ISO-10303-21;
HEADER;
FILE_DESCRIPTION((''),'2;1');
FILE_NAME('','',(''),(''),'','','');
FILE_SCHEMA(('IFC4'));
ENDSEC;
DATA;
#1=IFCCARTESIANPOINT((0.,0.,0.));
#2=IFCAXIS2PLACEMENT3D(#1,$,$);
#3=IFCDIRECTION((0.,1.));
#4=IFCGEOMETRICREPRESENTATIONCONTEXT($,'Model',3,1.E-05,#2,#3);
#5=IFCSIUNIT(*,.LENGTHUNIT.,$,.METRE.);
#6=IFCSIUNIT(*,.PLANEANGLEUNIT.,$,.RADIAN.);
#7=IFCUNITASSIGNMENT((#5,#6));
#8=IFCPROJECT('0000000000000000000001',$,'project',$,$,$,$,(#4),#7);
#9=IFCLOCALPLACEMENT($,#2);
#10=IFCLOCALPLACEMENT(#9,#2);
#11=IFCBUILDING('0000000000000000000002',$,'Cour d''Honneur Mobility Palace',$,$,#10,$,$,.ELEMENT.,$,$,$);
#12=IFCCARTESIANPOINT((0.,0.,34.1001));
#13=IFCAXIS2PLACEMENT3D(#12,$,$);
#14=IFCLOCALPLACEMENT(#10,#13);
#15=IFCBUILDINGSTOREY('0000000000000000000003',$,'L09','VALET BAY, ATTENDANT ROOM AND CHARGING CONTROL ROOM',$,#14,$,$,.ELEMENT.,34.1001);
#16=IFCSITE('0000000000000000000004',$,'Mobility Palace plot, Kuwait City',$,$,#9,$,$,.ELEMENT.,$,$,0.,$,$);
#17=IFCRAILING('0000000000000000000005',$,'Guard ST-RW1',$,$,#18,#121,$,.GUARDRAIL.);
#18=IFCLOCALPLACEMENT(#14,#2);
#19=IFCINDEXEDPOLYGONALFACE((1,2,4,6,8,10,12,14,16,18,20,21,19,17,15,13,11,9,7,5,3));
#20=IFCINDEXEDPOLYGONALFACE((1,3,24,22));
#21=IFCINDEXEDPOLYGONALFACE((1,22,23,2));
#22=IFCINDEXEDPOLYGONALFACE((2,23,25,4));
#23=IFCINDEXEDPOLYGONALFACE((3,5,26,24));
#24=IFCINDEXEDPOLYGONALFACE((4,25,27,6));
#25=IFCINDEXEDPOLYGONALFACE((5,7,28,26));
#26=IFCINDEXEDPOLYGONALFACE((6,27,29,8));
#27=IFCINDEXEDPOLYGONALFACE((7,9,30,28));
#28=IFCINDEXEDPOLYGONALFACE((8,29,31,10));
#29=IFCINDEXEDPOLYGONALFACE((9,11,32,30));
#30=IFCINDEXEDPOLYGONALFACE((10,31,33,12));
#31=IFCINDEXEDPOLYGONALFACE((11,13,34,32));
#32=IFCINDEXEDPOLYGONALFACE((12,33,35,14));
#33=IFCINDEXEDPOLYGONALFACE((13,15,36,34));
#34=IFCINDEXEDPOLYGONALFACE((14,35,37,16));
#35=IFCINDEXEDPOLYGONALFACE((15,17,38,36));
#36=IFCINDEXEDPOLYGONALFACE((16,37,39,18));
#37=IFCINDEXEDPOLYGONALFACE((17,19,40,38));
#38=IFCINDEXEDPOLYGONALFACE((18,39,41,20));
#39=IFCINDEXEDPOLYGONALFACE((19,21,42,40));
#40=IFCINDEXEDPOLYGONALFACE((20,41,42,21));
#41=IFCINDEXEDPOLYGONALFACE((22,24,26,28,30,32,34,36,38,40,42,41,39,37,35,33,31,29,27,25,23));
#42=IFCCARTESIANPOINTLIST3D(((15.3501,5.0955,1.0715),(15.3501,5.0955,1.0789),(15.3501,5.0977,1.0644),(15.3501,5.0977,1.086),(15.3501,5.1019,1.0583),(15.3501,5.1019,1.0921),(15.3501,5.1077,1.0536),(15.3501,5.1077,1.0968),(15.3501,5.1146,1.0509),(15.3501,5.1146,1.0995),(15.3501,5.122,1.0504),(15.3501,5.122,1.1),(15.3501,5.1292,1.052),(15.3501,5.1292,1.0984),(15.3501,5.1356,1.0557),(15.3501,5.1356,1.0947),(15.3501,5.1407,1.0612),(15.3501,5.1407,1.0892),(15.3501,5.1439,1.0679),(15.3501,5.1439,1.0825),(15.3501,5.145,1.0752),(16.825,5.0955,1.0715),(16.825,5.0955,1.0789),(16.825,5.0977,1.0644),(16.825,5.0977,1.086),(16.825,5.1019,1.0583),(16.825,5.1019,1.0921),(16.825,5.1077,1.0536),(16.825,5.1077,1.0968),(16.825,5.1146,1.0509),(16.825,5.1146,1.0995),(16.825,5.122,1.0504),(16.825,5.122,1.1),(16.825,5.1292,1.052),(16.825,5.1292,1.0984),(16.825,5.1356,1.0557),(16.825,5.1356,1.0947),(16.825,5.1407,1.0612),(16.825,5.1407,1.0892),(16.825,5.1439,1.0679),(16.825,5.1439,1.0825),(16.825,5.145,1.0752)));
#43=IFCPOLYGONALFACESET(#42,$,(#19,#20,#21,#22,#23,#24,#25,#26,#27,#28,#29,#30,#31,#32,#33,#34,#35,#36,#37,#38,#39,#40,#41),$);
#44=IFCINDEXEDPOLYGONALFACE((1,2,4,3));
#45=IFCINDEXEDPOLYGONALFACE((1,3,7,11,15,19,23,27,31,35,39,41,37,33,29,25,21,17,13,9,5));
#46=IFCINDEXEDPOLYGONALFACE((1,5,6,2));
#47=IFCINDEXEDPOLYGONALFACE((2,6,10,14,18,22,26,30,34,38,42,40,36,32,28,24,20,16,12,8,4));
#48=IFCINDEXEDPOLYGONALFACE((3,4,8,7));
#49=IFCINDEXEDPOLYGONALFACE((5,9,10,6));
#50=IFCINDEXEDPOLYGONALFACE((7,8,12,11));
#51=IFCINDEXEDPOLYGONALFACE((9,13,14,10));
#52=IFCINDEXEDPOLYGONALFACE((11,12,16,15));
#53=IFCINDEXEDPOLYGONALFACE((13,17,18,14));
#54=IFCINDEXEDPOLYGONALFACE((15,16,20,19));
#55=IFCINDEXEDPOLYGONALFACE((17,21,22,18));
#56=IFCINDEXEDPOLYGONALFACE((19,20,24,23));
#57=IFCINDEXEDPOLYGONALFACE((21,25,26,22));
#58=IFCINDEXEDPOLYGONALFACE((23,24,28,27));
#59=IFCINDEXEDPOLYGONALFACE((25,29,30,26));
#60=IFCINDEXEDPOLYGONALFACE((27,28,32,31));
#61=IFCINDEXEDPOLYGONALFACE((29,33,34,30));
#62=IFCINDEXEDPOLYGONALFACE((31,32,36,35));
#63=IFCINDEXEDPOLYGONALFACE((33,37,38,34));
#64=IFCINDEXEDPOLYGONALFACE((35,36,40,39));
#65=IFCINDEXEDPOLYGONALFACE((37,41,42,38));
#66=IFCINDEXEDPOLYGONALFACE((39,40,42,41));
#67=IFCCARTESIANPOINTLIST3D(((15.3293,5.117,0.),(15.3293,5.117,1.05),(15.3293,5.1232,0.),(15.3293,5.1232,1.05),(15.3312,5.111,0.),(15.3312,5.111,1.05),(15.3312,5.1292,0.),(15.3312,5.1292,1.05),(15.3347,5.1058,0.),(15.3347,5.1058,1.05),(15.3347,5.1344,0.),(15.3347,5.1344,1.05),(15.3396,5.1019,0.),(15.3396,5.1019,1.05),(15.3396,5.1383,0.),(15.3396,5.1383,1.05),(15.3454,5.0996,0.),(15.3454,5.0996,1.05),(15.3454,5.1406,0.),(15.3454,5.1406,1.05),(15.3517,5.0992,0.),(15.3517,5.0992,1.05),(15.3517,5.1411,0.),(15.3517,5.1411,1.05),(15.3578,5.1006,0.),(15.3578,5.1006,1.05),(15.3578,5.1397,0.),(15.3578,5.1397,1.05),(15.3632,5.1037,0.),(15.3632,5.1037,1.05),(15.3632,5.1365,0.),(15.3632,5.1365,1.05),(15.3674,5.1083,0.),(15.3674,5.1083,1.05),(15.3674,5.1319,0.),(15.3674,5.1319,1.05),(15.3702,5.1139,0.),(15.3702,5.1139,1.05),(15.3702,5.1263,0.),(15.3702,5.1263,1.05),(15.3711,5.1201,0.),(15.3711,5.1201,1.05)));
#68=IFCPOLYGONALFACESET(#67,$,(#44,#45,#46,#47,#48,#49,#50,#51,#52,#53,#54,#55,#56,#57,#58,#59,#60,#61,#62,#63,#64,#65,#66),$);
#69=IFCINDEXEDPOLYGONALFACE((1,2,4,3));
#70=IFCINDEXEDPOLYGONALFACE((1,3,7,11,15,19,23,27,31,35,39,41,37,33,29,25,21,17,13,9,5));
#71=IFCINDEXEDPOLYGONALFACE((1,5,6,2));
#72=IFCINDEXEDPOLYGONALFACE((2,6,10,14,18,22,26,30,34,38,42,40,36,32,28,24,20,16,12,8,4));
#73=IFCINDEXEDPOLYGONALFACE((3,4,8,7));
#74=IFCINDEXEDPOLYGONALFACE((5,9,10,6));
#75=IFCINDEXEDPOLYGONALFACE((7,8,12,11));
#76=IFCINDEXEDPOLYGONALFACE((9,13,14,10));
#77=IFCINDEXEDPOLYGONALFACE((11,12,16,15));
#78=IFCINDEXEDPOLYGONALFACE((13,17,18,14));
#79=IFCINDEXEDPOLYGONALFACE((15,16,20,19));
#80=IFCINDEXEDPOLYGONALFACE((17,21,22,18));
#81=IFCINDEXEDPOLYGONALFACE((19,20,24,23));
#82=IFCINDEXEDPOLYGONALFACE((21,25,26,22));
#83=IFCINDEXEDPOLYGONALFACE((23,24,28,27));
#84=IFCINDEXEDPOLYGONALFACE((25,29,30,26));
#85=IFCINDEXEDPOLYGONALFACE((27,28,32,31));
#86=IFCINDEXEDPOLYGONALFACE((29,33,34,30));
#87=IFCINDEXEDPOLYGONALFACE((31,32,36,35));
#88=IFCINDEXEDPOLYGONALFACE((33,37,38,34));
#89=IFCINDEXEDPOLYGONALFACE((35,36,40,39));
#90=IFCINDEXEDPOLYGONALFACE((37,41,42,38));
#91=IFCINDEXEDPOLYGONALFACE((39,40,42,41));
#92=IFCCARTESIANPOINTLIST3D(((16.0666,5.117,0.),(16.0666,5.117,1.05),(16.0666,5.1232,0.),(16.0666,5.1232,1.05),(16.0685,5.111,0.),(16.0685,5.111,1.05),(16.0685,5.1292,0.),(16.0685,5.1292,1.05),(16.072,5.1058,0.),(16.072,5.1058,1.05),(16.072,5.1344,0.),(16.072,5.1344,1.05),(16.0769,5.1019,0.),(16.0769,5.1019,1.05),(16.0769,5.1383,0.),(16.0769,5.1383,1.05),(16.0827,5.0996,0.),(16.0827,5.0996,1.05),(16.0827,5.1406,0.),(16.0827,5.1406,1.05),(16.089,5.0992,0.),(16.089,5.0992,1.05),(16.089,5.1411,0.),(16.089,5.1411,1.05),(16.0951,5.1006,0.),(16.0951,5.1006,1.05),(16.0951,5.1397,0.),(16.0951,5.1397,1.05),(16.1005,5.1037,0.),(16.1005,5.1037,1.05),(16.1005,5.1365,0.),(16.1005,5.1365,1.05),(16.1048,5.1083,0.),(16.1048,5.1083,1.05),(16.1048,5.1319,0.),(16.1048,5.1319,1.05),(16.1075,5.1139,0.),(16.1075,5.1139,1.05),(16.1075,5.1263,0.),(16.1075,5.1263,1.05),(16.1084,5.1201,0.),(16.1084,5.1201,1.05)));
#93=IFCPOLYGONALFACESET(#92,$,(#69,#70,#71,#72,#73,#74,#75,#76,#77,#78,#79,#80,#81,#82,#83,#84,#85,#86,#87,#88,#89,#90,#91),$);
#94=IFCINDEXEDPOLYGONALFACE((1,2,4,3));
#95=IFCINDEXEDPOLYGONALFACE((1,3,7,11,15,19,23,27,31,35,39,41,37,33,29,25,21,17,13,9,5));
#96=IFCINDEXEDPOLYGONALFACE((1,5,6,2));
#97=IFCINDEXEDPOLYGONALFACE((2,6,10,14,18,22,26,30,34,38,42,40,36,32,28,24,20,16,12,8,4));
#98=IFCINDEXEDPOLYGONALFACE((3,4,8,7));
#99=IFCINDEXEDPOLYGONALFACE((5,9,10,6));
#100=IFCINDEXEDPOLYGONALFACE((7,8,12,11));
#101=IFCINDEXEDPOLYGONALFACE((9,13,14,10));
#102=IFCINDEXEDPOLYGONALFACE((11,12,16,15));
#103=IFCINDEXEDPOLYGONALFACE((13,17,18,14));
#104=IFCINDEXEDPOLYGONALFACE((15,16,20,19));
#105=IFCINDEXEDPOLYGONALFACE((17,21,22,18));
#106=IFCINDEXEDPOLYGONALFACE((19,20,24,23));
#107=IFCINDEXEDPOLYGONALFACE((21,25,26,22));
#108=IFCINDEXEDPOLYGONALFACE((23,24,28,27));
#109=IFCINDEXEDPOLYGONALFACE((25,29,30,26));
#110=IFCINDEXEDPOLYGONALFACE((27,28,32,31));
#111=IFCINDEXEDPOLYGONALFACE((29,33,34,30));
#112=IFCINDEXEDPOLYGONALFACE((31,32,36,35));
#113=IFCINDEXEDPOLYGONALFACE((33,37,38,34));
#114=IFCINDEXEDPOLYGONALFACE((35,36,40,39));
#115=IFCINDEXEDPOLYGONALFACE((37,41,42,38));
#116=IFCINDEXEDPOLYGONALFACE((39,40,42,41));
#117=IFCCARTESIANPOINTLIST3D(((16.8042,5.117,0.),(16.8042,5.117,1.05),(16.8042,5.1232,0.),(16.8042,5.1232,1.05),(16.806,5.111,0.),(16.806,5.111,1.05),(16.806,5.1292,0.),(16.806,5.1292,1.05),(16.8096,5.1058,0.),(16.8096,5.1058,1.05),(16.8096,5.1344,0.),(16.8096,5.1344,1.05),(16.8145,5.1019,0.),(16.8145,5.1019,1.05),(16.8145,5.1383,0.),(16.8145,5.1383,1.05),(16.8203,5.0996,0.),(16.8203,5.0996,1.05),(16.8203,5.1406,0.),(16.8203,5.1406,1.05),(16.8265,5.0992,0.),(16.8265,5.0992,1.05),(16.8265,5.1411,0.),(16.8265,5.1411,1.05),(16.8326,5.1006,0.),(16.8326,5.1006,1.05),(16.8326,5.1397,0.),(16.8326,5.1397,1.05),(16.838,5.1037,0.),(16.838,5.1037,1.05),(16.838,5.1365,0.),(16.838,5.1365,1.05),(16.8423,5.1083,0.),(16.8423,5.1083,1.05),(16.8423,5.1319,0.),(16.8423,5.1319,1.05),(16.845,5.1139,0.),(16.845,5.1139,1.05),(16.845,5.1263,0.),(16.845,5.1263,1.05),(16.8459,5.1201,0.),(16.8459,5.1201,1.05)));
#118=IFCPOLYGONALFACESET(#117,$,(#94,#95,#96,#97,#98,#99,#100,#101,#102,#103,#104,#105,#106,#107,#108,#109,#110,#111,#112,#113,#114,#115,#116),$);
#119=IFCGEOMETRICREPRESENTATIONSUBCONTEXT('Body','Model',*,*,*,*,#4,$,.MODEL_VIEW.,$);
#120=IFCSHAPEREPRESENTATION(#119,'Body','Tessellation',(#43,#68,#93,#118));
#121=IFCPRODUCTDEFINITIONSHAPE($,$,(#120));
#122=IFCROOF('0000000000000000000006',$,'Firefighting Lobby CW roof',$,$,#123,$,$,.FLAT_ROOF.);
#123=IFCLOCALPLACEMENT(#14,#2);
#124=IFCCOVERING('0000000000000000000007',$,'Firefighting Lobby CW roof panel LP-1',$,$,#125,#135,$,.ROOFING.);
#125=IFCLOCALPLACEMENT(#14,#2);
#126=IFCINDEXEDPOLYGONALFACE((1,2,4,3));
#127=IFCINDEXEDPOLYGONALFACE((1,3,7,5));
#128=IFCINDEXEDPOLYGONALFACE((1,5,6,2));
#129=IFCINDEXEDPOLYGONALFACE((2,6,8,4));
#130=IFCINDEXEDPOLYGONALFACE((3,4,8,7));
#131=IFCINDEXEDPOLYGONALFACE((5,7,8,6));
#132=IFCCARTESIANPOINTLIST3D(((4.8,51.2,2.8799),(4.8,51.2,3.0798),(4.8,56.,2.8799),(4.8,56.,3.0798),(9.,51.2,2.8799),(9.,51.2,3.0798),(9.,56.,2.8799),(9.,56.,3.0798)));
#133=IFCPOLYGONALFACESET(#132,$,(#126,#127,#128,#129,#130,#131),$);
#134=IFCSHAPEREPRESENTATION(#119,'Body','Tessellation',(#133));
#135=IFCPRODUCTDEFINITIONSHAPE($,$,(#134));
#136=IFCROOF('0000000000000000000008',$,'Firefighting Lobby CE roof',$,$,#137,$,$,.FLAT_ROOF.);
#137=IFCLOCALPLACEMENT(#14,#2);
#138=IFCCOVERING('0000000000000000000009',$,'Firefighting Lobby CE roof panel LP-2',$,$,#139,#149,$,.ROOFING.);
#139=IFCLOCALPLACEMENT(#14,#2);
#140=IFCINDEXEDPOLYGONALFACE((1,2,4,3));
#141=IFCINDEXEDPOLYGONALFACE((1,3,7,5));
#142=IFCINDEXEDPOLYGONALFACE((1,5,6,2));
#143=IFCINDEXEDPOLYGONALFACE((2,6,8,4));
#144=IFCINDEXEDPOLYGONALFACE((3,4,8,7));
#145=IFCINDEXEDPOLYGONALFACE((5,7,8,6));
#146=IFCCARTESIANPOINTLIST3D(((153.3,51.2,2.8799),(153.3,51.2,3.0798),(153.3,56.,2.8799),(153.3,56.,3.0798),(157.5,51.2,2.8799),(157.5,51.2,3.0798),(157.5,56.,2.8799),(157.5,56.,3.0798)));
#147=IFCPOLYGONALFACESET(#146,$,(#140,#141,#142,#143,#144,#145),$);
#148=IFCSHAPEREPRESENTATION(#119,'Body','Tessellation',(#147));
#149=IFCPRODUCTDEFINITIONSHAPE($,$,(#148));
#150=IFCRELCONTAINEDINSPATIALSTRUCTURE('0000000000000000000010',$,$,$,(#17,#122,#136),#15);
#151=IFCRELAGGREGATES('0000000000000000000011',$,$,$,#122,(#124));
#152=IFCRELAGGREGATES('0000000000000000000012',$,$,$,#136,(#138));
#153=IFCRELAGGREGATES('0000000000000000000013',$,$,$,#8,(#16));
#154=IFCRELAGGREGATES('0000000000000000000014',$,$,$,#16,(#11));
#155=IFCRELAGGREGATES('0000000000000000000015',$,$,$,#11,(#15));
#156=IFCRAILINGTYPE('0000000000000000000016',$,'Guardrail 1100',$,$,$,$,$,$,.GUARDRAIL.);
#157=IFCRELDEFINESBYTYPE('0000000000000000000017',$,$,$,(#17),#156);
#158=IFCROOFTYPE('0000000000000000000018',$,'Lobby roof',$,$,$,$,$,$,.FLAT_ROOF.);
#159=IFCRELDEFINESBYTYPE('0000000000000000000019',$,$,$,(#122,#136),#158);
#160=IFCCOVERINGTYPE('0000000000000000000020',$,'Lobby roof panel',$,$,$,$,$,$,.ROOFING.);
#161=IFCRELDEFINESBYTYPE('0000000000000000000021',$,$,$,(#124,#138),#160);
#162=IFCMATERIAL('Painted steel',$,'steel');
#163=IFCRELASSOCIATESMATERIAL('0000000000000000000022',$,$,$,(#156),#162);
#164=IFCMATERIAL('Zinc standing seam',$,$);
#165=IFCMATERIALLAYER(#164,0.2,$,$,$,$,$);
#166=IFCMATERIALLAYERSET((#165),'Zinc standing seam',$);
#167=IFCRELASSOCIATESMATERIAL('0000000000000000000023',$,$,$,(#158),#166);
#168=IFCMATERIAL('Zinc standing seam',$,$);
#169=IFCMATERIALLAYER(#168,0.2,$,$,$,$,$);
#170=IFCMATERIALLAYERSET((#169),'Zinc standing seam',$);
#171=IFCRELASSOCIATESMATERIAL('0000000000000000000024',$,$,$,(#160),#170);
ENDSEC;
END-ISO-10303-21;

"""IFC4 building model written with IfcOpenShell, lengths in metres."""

from ifc_helpers import new_model, si_unit, direction, frame, origin, origin_2d, place, context, subcontext, project, spatial, polyline, circle, outline, extrude, material, layer, layer_set, type_object, element, aggregate, save


model = new_model("IFC4")

# Units and contexts
model_context = context("Model", 3, precision=1e-05, world=origin(), true_north=direction((0.0, 1.0)))
body_context = subcontext(model_context, "Body", "Model", "MODEL_VIEW")
ifc_project = project(units=[si_unit("LENGTHUNIT", "METRE"), si_unit("PLANEANGLEUNIT", "RADIAN")], contexts=[model_context])

# Site, building, storey
site_placement = place(None, origin())
site = spatial("IfcSite", under=ifc_project, at=site_placement, Name="Mobility Palace plot, Kuwait City", CompositionType="ELEMENT", RefElevation=0.0)
building_placement = place(site_placement, origin())
building = spatial("IfcBuilding", under=site, at=building_placement, Name="Cour d'Honneur Mobility Palace", CompositionType="ELEMENT")
storey_placement = place(building_placement, frame((0.0, 0.0, 34.1001)))
storey = spatial("IfcBuildingStorey", under=building, at=storey_placement, Name="L09", Description="VALET BAY, ATTENDANT ROOM AND CHARGING CONTROL ROOM", CompositionType="ELEMENT", Elevation=34.1001)

# Railing
ifc_material_1 = material(Name="Painted steel", Category="steel")
railing_type_1 = type_object("IfcRailingType", Name="Guardrail 1100", PredefinedType="GUARDRAIL", material=ifc_material_1)
railing_1_placement = place(storey_placement, frame((15.3501, 5.1201, 0.0)))
element("IfcRailing", 1, at=railing_1_placement, inside=storey, type_object=railing_type_1, Name="Guard ST-RW1", PredefinedType="GUARDRAIL", context=body_context, shape_type="SweptSolid", body=[
    extrude(circle(Radius=0.0249, at=origin_2d()), frame((0.0, 0.0, 1.0752), z_axis=(1.0, 0.0, 0.0), x_axis=(0.0, 1.0, 0.0)), (0.0, 0.0, 1.0), 1.4749),
    extrude(circle(Radius=0.021, at=origin_2d()), origin(), (0.0, 0.0, 1.0), 1.05),
    extrude(circle(Radius=0.021, at=origin_2d()), frame((0.7373, 0.0, 0.0)), (0.0, 0.0, 1.0), 1.05),
    extrude(circle(Radius=0.021, at=origin_2d()), frame((1.4749, 0.0, 0.0)), (0.0, 0.0, 1.0), 1.05),
])

# Roofs, coverings
ifc_material_2 = material(Name="Zinc standing seam")
ifc_layer_1 = layer(ifc_material_2, 0.2)
ifc_layer_set_1 = layer_set([ifc_layer_1], Name="Zinc standing seam")
roof_type_1 = type_object("IfcRoofType", Name="Lobby roof", PredefinedType="FLAT_ROOF", material=ifc_layer_set_1)
roof_1_placement = place(storey_placement, origin())
roof_1 = element("IfcRoof", 2, at=roof_1_placement, inside=storey, type_object=roof_type_1, Name="Firefighting Lobby CW roof", PredefinedType="FLAT_ROOF")
ifc_material_3 = material(Name="Zinc standing seam")
ifc_layer_2 = layer(ifc_material_3, 0.2)
ifc_layer_set_2 = layer_set([ifc_layer_2], Name="Zinc standing seam")
covering_type_1 = type_object("IfcCoveringType", Name="Lobby roof panel", PredefinedType="ROOFING", material=ifc_layer_set_2)
covering_1_placement = place(storey_placement, frame((0.0, 0.0, 2.8799)))
covering_1 = element("IfcCovering", 3, at=covering_1_placement, type_object=covering_type_1, Name="Firefighting Lobby CW roof panel LP-1", PredefinedType="ROOFING", context=body_context, shape_type="SweptSolid", body=[
    extrude(outline(polyline([(9.0, 51.2), (9.0, 56.0), (4.8, 56.0), (4.8, 51.2), (9.0, 51.2)])), origin(), (0.0, 0.0, 1.0), 0.2),
])
aggregate(roof_1, [covering_1])
roof_2_placement = place(storey_placement, origin())
roof_2 = element("IfcRoof", 4, at=roof_2_placement, inside=storey, type_object=roof_type_1, Name="Firefighting Lobby CE roof", PredefinedType="FLAT_ROOF")
covering_2_placement = place(storey_placement, frame((0.0, 0.0, 2.8799)))
covering_2 = element("IfcCovering", 5, at=covering_2_placement, type_object=covering_type_1, Name="Firefighting Lobby CE roof panel LP-2", PredefinedType="ROOFING", context=body_context, shape_type="SweptSolid", body=[
    extrude(outline(polyline([(157.5, 51.2), (157.5, 56.0), (153.3, 56.0), (153.3, 51.2), (157.5, 51.2)])), origin(), (0.0, 0.0, 1.0), 0.2),
])
aggregate(roof_2, [covering_2])

save(model, "model.ifc")
